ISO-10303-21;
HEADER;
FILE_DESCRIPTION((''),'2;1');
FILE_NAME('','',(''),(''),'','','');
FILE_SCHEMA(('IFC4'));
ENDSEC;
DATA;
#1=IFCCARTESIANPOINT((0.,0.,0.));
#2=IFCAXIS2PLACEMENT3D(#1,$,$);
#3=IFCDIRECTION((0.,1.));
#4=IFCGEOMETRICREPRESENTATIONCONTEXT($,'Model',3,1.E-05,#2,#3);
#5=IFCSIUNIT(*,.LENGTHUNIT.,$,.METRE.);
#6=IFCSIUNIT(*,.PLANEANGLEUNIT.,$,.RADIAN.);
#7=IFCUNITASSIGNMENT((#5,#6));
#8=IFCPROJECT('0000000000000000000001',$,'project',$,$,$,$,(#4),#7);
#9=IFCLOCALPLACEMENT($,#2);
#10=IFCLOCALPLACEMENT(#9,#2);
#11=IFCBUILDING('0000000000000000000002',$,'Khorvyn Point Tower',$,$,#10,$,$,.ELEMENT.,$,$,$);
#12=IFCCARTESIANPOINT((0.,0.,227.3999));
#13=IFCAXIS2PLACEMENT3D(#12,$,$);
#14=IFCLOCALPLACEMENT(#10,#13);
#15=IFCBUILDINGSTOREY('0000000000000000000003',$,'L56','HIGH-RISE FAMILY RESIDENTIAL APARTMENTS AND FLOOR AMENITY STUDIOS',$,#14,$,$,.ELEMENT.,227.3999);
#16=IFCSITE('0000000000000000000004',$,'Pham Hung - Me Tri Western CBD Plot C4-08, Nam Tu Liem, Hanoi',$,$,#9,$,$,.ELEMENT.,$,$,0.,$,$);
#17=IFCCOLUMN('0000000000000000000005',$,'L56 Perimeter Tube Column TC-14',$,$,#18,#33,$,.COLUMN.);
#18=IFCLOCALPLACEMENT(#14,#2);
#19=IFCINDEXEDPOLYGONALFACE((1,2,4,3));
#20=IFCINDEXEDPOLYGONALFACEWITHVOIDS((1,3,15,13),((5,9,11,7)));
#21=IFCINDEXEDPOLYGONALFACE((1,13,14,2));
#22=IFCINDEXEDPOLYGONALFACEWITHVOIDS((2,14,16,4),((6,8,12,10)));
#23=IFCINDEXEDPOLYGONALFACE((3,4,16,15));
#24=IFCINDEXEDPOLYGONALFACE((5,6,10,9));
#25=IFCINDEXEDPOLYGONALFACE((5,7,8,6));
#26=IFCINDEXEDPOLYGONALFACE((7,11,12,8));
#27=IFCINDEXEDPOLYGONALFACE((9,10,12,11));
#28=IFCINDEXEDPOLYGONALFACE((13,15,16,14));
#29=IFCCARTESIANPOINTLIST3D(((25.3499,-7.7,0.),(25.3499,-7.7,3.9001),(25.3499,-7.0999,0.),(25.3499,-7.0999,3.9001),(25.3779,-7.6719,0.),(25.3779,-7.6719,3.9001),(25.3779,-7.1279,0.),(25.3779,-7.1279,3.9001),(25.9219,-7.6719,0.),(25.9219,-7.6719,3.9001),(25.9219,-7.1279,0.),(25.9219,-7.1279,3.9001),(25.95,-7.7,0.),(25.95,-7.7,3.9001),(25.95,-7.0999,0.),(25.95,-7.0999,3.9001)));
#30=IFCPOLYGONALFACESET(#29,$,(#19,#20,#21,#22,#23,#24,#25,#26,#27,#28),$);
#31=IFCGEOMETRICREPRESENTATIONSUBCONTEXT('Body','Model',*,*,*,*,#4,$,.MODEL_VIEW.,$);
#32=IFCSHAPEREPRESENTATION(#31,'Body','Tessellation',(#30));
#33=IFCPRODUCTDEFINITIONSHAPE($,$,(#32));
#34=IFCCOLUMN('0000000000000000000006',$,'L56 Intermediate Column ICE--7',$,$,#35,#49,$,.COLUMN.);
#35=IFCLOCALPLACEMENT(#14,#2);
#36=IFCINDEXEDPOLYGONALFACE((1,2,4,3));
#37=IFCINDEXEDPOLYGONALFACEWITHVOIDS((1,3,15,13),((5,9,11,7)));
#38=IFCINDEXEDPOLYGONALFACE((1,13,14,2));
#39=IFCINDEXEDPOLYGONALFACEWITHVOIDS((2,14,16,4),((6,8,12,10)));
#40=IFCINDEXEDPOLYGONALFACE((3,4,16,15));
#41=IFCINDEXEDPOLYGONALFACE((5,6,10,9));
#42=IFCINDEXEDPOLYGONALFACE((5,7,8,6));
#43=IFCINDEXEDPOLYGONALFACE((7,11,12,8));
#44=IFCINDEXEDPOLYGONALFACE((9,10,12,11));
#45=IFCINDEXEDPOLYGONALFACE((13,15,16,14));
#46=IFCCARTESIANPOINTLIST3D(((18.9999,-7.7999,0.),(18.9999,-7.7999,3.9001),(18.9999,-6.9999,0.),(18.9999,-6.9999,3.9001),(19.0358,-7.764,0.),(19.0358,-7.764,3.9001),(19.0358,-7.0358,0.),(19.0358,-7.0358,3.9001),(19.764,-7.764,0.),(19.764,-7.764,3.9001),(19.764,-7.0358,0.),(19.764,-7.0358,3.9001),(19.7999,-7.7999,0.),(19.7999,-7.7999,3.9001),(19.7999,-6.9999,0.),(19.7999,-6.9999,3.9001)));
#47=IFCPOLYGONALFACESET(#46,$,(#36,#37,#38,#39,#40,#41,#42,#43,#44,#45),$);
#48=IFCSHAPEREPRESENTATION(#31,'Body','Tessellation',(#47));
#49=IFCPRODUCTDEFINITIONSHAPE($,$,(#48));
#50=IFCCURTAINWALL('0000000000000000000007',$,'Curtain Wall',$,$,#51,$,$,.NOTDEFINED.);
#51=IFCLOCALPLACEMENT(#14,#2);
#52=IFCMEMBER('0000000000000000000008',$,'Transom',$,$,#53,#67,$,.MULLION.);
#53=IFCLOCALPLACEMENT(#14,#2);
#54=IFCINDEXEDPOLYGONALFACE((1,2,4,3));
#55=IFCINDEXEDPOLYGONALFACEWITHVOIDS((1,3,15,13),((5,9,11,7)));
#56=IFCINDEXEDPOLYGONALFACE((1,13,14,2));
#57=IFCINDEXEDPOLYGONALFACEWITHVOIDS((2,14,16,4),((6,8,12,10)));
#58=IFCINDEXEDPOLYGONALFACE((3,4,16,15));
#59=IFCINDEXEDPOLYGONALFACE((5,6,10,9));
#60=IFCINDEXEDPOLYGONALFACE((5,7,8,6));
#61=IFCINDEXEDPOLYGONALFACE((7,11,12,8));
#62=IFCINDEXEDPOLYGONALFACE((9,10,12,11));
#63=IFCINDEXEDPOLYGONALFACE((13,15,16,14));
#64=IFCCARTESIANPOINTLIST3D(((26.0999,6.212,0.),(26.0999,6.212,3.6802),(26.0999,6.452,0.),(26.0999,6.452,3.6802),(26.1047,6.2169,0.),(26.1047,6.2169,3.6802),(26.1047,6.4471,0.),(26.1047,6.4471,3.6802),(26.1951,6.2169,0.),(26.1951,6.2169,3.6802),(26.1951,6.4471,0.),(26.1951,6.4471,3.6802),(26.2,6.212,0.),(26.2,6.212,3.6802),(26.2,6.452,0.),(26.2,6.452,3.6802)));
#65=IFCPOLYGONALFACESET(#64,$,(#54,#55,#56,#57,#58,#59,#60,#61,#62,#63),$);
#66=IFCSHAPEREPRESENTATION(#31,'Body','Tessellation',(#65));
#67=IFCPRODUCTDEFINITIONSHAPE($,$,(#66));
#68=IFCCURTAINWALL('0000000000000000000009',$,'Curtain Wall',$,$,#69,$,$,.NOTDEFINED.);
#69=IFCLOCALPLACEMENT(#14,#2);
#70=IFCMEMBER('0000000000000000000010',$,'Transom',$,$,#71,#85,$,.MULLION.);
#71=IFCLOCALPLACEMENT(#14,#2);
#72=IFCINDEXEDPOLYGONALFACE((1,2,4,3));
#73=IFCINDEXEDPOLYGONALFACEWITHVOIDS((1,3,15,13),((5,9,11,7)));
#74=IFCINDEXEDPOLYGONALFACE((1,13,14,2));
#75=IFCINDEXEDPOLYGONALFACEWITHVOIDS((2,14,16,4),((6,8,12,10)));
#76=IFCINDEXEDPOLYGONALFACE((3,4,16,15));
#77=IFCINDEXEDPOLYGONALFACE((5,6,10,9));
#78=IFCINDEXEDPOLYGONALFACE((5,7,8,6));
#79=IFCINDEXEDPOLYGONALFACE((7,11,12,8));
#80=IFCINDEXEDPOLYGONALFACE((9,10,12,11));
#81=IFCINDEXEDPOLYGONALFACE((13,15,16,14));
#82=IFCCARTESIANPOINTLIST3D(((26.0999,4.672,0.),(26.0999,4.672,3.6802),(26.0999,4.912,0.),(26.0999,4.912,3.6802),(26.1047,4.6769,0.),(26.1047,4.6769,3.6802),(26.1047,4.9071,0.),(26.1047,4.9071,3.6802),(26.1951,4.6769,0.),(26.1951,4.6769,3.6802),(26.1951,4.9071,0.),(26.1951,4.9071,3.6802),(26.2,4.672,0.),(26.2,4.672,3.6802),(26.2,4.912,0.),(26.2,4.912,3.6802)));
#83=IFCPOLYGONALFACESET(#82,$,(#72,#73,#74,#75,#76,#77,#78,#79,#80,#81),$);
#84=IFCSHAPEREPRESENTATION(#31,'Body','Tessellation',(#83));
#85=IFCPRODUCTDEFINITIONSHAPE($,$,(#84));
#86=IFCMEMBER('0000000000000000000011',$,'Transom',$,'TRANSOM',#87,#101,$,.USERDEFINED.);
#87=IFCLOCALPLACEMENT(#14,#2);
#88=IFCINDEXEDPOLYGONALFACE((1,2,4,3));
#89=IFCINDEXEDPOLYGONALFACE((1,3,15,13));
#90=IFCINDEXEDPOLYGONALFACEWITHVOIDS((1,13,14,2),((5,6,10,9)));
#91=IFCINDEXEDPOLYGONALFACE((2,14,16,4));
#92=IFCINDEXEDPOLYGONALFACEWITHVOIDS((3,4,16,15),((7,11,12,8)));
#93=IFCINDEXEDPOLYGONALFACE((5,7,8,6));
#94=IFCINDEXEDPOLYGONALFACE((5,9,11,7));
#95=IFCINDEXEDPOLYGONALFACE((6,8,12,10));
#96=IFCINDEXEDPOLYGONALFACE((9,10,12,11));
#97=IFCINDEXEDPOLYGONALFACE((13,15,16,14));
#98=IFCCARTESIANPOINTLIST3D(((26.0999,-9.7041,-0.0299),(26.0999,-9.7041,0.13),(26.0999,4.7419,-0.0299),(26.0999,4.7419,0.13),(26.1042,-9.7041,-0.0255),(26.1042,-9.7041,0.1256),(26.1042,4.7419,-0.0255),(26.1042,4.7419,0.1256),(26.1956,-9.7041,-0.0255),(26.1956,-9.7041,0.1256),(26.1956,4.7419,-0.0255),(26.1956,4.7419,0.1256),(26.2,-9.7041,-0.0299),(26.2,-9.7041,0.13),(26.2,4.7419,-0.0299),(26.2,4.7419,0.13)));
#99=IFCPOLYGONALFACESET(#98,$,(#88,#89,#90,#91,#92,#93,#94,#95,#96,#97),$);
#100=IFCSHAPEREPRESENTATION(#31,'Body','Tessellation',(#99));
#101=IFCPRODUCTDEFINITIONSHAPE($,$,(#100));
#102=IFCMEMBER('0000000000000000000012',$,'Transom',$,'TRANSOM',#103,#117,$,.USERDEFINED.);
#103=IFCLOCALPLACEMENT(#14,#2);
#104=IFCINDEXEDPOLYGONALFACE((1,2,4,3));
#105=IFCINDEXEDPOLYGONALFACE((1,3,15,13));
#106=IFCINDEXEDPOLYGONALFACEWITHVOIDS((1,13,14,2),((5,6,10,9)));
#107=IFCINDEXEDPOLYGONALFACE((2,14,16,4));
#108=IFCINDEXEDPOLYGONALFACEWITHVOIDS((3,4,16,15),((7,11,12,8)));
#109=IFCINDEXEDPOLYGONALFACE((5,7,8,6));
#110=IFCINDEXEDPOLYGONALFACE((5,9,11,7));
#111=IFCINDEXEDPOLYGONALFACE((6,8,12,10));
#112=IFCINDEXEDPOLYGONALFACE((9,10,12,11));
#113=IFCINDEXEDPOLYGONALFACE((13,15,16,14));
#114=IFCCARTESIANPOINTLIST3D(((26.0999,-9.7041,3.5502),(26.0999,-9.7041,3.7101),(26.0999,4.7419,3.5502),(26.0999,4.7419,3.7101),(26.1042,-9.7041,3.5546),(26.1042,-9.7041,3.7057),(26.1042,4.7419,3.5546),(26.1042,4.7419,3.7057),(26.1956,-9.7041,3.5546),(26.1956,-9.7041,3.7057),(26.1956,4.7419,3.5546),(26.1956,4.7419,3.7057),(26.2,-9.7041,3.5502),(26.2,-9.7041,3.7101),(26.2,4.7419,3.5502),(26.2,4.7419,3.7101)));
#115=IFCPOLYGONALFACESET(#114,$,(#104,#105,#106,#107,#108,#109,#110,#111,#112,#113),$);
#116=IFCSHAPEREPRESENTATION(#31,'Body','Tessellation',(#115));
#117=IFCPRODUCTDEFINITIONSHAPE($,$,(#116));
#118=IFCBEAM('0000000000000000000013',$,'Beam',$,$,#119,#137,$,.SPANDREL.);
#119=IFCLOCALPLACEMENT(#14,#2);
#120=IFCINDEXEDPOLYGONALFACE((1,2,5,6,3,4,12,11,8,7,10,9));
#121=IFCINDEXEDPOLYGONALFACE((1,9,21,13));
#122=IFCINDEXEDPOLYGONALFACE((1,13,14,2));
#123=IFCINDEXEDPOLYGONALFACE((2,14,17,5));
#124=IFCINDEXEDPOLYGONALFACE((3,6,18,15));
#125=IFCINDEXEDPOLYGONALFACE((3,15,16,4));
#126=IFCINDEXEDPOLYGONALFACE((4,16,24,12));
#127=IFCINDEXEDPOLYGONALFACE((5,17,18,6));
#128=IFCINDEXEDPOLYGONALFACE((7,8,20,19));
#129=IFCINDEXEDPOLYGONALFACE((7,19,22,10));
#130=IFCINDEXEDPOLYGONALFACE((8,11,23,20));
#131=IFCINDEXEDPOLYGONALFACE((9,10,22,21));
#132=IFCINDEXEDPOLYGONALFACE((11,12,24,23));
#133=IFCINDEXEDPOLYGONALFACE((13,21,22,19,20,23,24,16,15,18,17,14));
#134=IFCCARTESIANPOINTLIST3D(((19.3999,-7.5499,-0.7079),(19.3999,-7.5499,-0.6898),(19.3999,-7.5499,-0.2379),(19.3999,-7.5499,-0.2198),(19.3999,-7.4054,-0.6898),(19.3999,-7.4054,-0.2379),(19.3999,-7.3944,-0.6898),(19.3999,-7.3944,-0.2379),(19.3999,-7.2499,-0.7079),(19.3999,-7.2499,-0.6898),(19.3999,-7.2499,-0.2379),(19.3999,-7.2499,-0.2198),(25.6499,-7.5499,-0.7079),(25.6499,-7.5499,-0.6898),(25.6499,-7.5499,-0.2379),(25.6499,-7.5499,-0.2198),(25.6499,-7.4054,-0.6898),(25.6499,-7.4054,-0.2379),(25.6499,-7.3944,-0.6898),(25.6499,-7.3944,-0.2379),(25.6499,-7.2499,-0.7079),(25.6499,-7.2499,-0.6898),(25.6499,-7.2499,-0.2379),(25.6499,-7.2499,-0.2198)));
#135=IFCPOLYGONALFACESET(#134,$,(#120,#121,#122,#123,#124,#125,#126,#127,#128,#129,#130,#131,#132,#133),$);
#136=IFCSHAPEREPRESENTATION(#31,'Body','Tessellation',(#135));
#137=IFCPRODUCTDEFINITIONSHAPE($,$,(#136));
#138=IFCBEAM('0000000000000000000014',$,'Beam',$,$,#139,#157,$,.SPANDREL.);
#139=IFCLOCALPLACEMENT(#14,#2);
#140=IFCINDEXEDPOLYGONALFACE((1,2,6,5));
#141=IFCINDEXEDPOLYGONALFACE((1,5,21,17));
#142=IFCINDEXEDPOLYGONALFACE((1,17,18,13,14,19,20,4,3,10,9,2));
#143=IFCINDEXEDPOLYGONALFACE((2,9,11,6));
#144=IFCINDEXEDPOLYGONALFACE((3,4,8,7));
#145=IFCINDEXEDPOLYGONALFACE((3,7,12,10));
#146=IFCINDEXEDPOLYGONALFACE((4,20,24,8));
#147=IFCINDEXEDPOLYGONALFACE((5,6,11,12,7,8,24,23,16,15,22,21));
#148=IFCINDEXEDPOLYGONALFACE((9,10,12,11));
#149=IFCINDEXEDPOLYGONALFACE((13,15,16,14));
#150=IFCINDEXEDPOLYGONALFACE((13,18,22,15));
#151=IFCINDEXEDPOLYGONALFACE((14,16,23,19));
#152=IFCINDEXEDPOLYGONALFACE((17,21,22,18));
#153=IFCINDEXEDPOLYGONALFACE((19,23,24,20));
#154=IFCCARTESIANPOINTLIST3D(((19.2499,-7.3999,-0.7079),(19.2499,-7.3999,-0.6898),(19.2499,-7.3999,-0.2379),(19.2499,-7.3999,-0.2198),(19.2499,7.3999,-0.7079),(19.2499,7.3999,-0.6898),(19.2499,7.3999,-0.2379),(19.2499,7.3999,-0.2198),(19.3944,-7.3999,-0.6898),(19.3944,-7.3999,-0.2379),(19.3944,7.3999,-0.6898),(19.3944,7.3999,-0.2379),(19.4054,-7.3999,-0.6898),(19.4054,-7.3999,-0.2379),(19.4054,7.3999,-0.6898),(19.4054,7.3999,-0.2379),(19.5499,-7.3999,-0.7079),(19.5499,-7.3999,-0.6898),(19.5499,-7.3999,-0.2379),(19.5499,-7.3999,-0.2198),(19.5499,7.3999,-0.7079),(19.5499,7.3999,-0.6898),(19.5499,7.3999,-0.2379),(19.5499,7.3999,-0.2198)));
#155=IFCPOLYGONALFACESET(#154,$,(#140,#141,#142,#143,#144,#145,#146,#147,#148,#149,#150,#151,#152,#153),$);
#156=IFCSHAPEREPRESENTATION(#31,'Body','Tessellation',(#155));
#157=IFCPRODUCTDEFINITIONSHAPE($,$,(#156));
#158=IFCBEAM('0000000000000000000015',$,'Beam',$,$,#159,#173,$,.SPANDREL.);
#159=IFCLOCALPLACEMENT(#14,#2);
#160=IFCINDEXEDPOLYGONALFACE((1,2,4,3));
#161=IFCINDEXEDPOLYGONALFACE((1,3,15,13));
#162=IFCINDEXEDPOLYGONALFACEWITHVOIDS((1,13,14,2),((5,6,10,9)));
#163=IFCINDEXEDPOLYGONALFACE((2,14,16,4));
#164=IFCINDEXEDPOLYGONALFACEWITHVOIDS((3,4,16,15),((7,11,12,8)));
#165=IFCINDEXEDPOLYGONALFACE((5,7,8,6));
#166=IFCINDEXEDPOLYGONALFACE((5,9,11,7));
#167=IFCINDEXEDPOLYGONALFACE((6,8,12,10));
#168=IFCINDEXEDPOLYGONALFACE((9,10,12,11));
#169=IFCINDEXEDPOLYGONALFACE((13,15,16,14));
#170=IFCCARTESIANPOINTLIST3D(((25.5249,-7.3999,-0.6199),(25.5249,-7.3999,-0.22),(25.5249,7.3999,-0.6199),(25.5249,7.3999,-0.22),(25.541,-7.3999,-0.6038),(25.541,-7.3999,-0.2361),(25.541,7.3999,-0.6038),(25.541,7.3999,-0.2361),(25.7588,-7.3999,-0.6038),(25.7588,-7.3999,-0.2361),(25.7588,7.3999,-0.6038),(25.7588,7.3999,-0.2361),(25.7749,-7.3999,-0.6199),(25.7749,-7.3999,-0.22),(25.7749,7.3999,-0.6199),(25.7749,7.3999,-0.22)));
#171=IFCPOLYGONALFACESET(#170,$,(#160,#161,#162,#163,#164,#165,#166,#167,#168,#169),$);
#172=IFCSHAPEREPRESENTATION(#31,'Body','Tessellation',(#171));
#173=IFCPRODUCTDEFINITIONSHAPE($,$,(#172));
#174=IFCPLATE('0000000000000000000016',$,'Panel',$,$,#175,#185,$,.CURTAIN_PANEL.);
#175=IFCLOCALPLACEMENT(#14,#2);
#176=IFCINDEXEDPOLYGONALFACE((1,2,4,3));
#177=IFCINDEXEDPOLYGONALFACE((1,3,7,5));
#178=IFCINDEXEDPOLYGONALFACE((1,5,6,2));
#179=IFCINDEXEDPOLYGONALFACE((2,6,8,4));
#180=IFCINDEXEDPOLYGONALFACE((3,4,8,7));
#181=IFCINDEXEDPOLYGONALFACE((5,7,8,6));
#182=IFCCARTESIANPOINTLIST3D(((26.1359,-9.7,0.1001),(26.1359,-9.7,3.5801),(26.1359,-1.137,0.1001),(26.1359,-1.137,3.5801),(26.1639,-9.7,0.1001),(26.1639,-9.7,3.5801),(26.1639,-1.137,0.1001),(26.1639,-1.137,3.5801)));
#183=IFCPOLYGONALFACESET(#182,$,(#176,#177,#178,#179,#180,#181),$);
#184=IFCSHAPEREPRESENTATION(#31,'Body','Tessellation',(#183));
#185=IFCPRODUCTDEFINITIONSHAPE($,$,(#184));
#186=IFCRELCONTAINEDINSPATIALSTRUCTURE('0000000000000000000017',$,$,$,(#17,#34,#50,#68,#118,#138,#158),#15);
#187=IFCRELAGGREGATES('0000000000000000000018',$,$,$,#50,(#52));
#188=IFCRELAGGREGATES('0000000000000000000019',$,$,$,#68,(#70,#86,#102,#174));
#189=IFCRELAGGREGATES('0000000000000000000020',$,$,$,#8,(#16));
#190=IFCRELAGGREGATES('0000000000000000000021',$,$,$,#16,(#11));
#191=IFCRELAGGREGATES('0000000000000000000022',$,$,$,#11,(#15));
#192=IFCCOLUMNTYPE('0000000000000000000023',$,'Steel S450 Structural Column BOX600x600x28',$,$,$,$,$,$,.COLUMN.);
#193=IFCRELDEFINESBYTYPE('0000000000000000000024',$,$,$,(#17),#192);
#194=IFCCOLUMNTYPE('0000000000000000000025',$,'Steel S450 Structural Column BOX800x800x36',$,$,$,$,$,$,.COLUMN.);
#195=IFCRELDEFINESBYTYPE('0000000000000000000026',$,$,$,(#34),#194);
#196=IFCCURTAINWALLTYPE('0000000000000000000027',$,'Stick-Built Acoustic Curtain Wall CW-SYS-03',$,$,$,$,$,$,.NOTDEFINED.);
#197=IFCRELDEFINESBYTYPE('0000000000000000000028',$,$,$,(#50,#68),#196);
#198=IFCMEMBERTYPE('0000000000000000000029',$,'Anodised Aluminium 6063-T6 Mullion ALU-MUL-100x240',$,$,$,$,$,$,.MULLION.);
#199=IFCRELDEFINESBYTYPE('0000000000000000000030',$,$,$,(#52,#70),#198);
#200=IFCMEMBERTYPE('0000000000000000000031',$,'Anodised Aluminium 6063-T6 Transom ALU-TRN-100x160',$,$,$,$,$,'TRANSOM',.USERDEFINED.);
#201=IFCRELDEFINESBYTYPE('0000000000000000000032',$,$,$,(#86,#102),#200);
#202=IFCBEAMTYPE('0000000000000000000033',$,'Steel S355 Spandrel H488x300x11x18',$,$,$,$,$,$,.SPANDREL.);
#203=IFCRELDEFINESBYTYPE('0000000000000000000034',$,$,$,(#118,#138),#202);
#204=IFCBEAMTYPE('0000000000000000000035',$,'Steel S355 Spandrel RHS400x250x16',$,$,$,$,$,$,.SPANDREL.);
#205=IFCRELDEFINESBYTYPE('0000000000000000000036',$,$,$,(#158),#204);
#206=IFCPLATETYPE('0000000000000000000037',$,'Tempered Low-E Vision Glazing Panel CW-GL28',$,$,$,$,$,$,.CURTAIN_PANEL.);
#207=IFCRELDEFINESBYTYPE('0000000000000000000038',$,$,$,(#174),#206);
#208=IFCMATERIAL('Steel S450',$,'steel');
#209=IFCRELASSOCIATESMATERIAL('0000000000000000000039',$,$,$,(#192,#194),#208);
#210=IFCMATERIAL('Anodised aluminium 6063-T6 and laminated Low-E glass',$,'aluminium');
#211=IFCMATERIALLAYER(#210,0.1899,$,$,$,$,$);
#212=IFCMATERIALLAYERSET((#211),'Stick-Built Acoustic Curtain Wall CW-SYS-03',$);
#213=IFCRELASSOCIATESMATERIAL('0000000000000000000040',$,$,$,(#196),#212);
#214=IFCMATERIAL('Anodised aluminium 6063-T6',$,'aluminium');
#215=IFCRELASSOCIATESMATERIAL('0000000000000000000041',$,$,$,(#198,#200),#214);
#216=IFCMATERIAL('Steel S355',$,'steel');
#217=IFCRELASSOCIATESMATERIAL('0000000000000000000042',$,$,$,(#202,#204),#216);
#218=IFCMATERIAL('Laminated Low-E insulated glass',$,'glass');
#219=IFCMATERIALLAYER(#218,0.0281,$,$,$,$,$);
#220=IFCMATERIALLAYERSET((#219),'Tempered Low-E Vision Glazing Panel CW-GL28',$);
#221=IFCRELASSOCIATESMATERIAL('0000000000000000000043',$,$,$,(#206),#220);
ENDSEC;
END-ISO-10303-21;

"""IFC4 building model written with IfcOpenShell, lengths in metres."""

from ifc_helpers import new_model, si_unit, direction, frame, origin, origin_2d, place, context, subcontext, project, spatial, rectangle, hollow_rectangle, i_section, extrude, material, layer, layer_set, material_profile, profile_set, type_object, element, aggregate, save


model = new_model("IFC4")

# Units and contexts
model_context = context("Model", 3, precision=1e-05, world=origin(), true_north=direction((0.0, 1.0)))
body_context = subcontext(model_context, "Body", "Model", "MODEL_VIEW")
ifc_project = project(units=[si_unit("LENGTHUNIT", "METRE"), si_unit("PLANEANGLEUNIT", "RADIAN")], contexts=[model_context])

# Site, building, storey
site_placement = place(None, origin())
site = spatial("IfcSite", under=ifc_project, at=site_placement, Name="Pham Hung - Me Tri Western CBD Plot C4-08, Nam Tu Liem, Hanoi", CompositionType="ELEMENT", RefElevation=0.0)
building_placement = place(site_placement, origin())
building = spatial("IfcBuilding", under=site, at=building_placement, Name="Khorvyn Point Tower", CompositionType="ELEMENT")
storey_placement = place(building_placement, frame((0.0, 0.0, 227.3999)))
storey = spatial("IfcBuildingStorey", under=building, at=storey_placement, Name="L56", Description="HIGH-RISE FAMILY RESIDENTIAL APARTMENTS AND FLOOR AMENITY STUDIOS", CompositionType="ELEMENT", Elevation=227.3999)

# Columns
ifc_material_1 = material(Name="Steel S450", Category="steel")
ifc_material_profile_1 = material_profile(ifc_material_1, hollow_rectangle(XDim=0.6001, YDim=0.6001, WallThickness=0.0281, at=origin_2d()))
ifc_profile_set_1 = profile_set([ifc_material_profile_1], Name="Steel S450 BOX600x600x28")
column_type_1 = type_object("IfcColumnType", Name="Steel S450 Structural Column BOX600x600x28", PredefinedType="COLUMN", material=ifc_profile_set_1)
column_1_placement = place(storey_placement, frame((25.6499, -7.3999, 0.0), z_axis=(0.0, 0.0, 1.0), x_axis=(1.0, 0.0, 0.0)))
element("IfcColumn", 1, at=column_1_placement, inside=storey, type_object=column_type_1, Name="L56 Perimeter Tube Column TC-14", PredefinedType="COLUMN", context=body_context, shape_type="SweptSolid", body=[
    extrude(hollow_rectangle(XDim=0.6001, YDim=0.6001, WallThickness=0.0281, at=origin_2d()), origin(), (0.0, 0.0, 1.0), 3.9001),
])
ifc_material_profile_2 = material_profile(ifc_material_1, hollow_rectangle(XDim=0.8, YDim=0.8, WallThickness=0.0359, at=origin_2d()))
ifc_profile_set_2 = profile_set([ifc_material_profile_2], Name="Steel S450 BOX800x800x36")
column_type_2 = type_object("IfcColumnType", Name="Steel S450 Structural Column BOX800x800x36", PredefinedType="COLUMN", material=ifc_profile_set_2)
column_2_placement = place(storey_placement, frame((19.3999, -7.3999, 0.0), z_axis=(0.0, 0.0, 1.0), x_axis=(1.0, 0.0, 0.0)))
element("IfcColumn", 2, at=column_2_placement, inside=storey, type_object=column_type_2, Name="L56 Intermediate Column ICE--7", PredefinedType="COLUMN", context=body_context, shape_type="SweptSolid", body=[
    extrude(hollow_rectangle(XDim=0.8, YDim=0.8, WallThickness=0.0359, at=origin_2d()), origin(), (0.0, 0.0, 1.0), 3.9001),
])

# Curtain wall, member
ifc_material_2 = material(Name="Anodised aluminium 6063-T6 and laminated Low-E glass", Category="aluminium")
ifc_layer_1 = layer(ifc_material_2, 0.1899)
ifc_layer_set_1 = layer_set([ifc_layer_1], Name="Stick-Built Acoustic Curtain Wall CW-SYS-03")
curtain_wall_type = type_object("IfcCurtainWallType", Name="Stick-Built Acoustic Curtain Wall CW-SYS-03", PredefinedType="NOTDEFINED", material=ifc_layer_set_1)
curtain_wall_1_placement = place(storey_placement, origin())
curtain_wall_1 = element("IfcCurtainWall", 3, at=curtain_wall_1_placement, inside=storey, type_object=curtain_wall_type, Name="Curtain Wall", PredefinedType="NOTDEFINED")
ifc_material_3 = material(Name="Anodised aluminium 6063-T6", Category="aluminium")
ifc_material_profile_3 = material_profile(ifc_material_3, hollow_rectangle(XDim=0.1001, YDim=0.24, WallThickness=0.0049, at=origin_2d()))
ifc_profile_set_3 = profile_set([ifc_material_profile_3], Name="Anodised aluminium 6063-T6 ALU-MUL-100x240")
member_type_1 = type_object("IfcMemberType", Name="Anodised Aluminium 6063-T6 Mullion ALU-MUL-100x240", PredefinedType="MULLION", material=ifc_profile_set_3)
member_1_placement = place(storey_placement, frame((26.1499, 6.332, 0.0), z_axis=(0.0, 0.0, 1.0), x_axis=(1.0, 0.0, 0.0)))
member_1 = element("IfcMember", 4, at=member_1_placement, type_object=member_type_1, Name="Transom", PredefinedType="MULLION", context=body_context, shape_type="SweptSolid", body=[
    extrude(hollow_rectangle(XDim=0.1001, YDim=0.24, WallThickness=0.0049, at=origin_2d()), origin(), (0.0, 0.0, 1.0), 3.6802),
])
aggregate(curtain_wall_1, [member_1])

# Curtain wall, members
curtain_wall_2_placement = place(storey_placement, origin())
curtain_wall_2 = element("IfcCurtainWall", 5, at=curtain_wall_2_placement, inside=storey, type_object=curtain_wall_type, Name="Curtain Wall", PredefinedType="NOTDEFINED")
member_2_placement = place(storey_placement, frame((26.1499, 4.792, 0.0), z_axis=(0.0, 0.0, 1.0), x_axis=(1.0, 0.0, 0.0)))
member_2 = element("IfcMember", 6, at=member_2_placement, type_object=member_type_1, Name="Transom", PredefinedType="MULLION", context=body_context, shape_type="SweptSolid", body=[
    extrude(hollow_rectangle(XDim=0.1001, YDim=0.24, WallThickness=0.0049, at=origin_2d()), origin(), (0.0, 0.0, 1.0), 3.6802),
])
ifc_material_profile_4 = material_profile(ifc_material_3, hollow_rectangle(XDim=0.1001, YDim=0.1599, WallThickness=0.0044, at=origin_2d()))
ifc_profile_set_4 = profile_set([ifc_material_profile_4], Name="Anodised aluminium 6063-T6 ALU-TRN-100x160")
member_type_2 = type_object("IfcMemberType", Name="Anodised Aluminium 6063-T6 Transom ALU-TRN-100x160", ElementType="TRANSOM", PredefinedType="USERDEFINED", material=ifc_profile_set_4)
member_3_placement = place(storey_placement, frame((26.1499, 4.7419, 0.05), z_axis=(0.0, -1.0, 0.0), x_axis=(1.0, 0.0, 0.0)))
member_3 = element("IfcMember", 7, at=member_3_placement, type_object=member_type_2, Name="Transom", ObjectType="TRANSOM", PredefinedType="USERDEFINED", context=body_context, shape_type="SweptSolid", body=[
    extrude(hollow_rectangle(XDim=0.1001, YDim=0.1599, WallThickness=0.0044, at=origin_2d()), origin(), (0.0, 0.0, 1.0), 14.446),
])
member_4_placement = place(storey_placement, frame((26.1499, 4.7419, 3.6301), z_axis=(0.0, -1.0, 0.0), x_axis=(1.0, 0.0, 0.0)))
member_4 = element("IfcMember", 8, at=member_4_placement, type_object=member_type_2, Name="Transom", ObjectType="TRANSOM", PredefinedType="USERDEFINED", context=body_context, shape_type="SweptSolid", body=[
    extrude(hollow_rectangle(XDim=0.1001, YDim=0.1599, WallThickness=0.0044, at=origin_2d()), origin(), (0.0, 0.0, 1.0), 14.446),
])

# Beams
ifc_material_4 = material(Name="Steel S355", Category="steel")
ifc_material_profile_5 = material_profile(ifc_material_4, i_section(OverallWidth=0.3, OverallDepth=0.488, WebThickness=0.011, FlangeThickness=0.0181, at=origin_2d()))
ifc_profile_set_5 = profile_set([ifc_material_profile_5], Name="Steel S355 H488x300x11x18")
beam_type_1 = type_object("IfcBeamType", Name="Steel S355 Spandrel H488x300x11x18", PredefinedType="SPANDREL", material=ifc_profile_set_5)
beam_1_placement = place(storey_placement, frame((19.3999, -7.3999, -0.4639), z_axis=(1.0, 0.0, 0.0), x_axis=(0.0, 1.0, 0.0)))
element("IfcBeam", 9, at=beam_1_placement, inside=storey, type_object=beam_type_1, Name="Beam", PredefinedType="SPANDREL", context=body_context, shape_type="SweptSolid", body=[
    extrude(i_section(OverallWidth=0.3, OverallDepth=0.488, WebThickness=0.011, FlangeThickness=0.0181, at=origin_2d()), origin(), (0.0, 0.0, 1.0), 6.25),
])
beam_2_placement = place(storey_placement, frame((19.3999, -7.3999, -0.4639), z_axis=(0.0, 1.0, 0.0), x_axis=(-1.0, 0.0, 0.0)))
element("IfcBeam", 10, at=beam_2_placement, inside=storey, type_object=beam_type_1, Name="Beam", PredefinedType="SPANDREL", context=body_context, shape_type="SweptSolid", body=[
    extrude(i_section(OverallWidth=0.3, OverallDepth=0.488, WebThickness=0.011, FlangeThickness=0.0181, at=origin_2d()), origin(), (0.0, 0.0, 1.0), 14.7998),
])
ifc_material_profile_6 = material_profile(ifc_material_4, hollow_rectangle(XDim=0.25, YDim=0.3999, WallThickness=0.0161, at=origin_2d()))
ifc_profile_set_6 = profile_set([ifc_material_profile_6], Name="Steel S355 RHS400x250x16")
beam_type_2 = type_object("IfcBeamType", Name="Steel S355 Spandrel RHS400x250x16", PredefinedType="SPANDREL", material=ifc_profile_set_6)
beam_3_placement = place(storey_placement, frame((25.6499, -7.3999, -0.4199), z_axis=(0.0, 1.0, 0.0), x_axis=(-1.0, 0.0, 0.0)))
element("IfcBeam", 11, at=beam_3_placement, inside=storey, type_object=beam_type_2, Name="Beam", PredefinedType="SPANDREL", context=body_context, shape_type="SweptSolid", body=[
    extrude(hollow_rectangle(XDim=0.25, YDim=0.3999, WallThickness=0.0161, at=origin_2d()), origin(), (0.0, 0.0, 1.0), 14.7998),
])

# Plate
ifc_material_5 = material(Name="Laminated Low-E insulated glass", Category="glass")
ifc_layer_2 = layer(ifc_material_5, 0.0281)
ifc_layer_set_2 = layer_set([ifc_layer_2], Name="Tempered Low-E Vision Glazing Panel CW-GL28")
plate_type = type_object("IfcPlateType", Name="Tempered Low-E Vision Glazing Panel CW-GL28", PredefinedType="CURTAIN_PANEL", material=ifc_layer_set_2)
plate_1_placement = place(storey_placement, frame((26.1499, -5.4185, 0.1001), z_axis=(0.0, 0.0, 1.0), x_axis=(0.0, -1.0, 0.0)))
plate_1 = element("IfcPlate", 12, at=plate_1_placement, type_object=plate_type, Name="Panel", PredefinedType="CURTAIN_PANEL", context=body_context, shape_type="SweptSolid", body=[
    extrude(rectangle(XDim=8.563, YDim=0.0281, at=origin_2d()), origin(), (0.0, 0.0, 1.0), 3.48),
])
aggregate(curtain_wall_2, [member_2, member_3, member_4, plate_1])

save(model, "model.ifc")
